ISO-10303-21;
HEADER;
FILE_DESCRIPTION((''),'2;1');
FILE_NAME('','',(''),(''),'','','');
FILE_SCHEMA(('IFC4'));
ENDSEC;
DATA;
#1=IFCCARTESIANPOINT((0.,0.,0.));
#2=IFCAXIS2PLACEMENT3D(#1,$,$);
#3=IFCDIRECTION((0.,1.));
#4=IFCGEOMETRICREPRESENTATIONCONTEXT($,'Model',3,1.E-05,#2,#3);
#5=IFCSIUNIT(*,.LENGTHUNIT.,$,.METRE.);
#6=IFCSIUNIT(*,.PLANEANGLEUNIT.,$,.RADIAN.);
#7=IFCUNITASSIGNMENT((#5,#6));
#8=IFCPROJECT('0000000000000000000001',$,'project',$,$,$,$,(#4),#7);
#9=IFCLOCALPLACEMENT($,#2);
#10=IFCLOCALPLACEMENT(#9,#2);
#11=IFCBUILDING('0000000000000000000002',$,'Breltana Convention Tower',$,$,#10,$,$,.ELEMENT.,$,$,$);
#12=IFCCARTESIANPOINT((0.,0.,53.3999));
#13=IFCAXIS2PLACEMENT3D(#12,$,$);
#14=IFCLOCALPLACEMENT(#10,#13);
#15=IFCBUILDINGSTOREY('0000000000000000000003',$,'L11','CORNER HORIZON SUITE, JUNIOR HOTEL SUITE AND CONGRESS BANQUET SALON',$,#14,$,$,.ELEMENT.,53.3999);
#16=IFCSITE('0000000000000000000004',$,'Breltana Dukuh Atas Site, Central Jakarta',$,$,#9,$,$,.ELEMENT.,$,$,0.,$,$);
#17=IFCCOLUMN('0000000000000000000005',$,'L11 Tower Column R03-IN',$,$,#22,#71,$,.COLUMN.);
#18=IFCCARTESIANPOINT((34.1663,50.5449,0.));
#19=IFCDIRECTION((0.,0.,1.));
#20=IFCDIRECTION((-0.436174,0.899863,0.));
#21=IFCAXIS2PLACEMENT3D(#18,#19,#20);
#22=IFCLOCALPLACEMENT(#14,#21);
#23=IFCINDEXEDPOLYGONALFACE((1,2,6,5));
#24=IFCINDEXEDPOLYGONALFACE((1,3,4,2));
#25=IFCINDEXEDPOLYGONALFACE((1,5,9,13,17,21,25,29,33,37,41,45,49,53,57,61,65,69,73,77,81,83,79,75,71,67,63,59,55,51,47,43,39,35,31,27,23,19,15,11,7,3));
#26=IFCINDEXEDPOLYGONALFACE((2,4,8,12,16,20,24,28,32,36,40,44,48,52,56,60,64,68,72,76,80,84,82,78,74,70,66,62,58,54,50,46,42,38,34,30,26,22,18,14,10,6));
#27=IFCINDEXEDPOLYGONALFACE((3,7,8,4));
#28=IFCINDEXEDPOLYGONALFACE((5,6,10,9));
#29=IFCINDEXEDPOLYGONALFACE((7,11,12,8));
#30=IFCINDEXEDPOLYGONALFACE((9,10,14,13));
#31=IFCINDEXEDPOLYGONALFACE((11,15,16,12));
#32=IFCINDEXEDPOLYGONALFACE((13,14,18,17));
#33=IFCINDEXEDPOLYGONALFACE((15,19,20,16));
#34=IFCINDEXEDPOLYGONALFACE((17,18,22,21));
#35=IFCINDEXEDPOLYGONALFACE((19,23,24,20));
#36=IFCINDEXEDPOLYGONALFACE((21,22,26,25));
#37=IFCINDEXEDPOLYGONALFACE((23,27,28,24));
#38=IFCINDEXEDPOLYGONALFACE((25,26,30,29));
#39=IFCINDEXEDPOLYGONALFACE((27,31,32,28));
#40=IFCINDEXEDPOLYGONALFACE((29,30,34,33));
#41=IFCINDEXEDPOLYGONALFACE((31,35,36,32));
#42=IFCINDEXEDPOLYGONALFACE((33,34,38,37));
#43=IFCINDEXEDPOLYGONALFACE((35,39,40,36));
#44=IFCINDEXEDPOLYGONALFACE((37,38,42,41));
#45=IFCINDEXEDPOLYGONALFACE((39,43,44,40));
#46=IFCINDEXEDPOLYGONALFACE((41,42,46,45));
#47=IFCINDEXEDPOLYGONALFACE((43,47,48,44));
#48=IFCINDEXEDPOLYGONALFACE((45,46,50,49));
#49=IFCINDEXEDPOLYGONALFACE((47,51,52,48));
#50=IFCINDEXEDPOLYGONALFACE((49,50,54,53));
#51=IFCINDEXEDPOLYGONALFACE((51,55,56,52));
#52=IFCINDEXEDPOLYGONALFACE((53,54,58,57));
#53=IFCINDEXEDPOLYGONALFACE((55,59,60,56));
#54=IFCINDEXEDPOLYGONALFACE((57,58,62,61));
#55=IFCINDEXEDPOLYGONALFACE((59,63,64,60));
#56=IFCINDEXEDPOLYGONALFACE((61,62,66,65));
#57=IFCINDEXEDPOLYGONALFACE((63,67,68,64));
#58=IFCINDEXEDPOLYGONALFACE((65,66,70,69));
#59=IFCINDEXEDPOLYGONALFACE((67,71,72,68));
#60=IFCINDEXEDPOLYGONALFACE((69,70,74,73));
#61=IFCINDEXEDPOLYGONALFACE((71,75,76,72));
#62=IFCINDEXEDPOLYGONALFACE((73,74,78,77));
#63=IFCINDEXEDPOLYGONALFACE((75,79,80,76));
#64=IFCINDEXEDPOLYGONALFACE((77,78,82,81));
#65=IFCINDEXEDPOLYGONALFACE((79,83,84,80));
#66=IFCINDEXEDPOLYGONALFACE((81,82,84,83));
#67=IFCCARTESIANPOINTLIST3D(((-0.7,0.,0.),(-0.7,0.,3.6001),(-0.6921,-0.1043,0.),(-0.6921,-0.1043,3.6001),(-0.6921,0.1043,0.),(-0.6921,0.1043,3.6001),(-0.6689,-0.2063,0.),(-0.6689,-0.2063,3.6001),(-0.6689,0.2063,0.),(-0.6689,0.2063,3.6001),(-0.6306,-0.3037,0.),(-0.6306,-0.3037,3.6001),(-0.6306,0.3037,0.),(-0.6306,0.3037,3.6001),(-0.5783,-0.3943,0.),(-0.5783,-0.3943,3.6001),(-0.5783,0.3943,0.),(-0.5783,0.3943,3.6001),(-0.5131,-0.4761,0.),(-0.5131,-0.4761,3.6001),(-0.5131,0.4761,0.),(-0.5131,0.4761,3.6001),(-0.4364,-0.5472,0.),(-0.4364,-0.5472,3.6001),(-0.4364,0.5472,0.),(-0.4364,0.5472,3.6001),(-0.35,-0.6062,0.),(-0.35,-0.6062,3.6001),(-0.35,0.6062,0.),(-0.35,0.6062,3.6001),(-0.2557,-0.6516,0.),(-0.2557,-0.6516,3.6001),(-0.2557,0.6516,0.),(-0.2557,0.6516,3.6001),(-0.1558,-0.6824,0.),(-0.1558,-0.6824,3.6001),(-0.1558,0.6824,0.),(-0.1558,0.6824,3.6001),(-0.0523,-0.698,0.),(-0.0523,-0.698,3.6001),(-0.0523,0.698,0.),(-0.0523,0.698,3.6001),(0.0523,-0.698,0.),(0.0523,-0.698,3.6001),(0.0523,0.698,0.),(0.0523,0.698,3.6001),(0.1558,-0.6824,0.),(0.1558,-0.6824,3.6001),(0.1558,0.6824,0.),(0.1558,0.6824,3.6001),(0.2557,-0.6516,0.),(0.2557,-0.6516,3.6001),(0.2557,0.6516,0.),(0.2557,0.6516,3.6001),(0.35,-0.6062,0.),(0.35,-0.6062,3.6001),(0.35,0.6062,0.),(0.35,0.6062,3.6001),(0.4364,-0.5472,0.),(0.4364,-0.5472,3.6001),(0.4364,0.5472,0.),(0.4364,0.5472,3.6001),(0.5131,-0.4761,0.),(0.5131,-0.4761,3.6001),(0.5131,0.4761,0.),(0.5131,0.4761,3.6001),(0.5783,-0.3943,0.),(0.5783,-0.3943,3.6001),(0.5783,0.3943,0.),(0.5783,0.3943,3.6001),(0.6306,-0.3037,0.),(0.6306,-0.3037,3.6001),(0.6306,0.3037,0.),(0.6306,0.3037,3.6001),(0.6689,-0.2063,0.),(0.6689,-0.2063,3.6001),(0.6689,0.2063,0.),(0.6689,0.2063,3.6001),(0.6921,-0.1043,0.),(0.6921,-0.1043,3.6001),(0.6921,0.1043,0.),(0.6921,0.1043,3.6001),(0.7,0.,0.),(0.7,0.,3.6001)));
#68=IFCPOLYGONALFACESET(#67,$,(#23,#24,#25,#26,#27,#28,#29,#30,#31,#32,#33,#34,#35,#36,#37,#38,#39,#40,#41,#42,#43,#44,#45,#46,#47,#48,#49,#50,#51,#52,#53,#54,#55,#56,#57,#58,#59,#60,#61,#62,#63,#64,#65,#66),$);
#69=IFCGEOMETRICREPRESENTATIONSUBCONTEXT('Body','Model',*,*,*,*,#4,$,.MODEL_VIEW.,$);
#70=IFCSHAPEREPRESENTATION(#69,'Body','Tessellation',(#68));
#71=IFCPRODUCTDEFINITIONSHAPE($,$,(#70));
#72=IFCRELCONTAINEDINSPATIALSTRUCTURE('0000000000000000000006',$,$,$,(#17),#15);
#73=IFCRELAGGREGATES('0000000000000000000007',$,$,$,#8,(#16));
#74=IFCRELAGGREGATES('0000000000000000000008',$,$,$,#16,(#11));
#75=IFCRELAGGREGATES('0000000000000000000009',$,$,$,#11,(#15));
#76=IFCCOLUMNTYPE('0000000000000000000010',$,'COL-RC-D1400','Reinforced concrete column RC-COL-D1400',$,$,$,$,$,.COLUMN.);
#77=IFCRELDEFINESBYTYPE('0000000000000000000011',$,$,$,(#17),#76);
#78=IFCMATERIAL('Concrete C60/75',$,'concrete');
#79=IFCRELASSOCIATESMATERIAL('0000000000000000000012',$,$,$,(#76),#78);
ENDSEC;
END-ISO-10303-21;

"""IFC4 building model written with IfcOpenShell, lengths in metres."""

from ifc_helpers import new_model, si_unit, direction, frame, origin, origin_2d, place, context, subcontext, project, spatial, circle, extrude, source, transform, mapped, material, material_profile, profile_set, type_object, element, save


model = new_model("IFC4")

# Units and contexts
model_context = context("Model", 3, precision=1e-05, world=origin(), true_north=direction((0.0, 1.0)))
body_context = subcontext(model_context, "Body", "Model", "MODEL_VIEW")
ifc_project = project(units=[si_unit("LENGTHUNIT", "METRE"), si_unit("PLANEANGLEUNIT", "RADIAN")], contexts=[model_context])

# Site, building, storey
site_placement = place(None, origin())
site = spatial("IfcSite", under=ifc_project, at=site_placement, Name="Breltana Dukuh Atas Site, Central Jakarta", CompositionType="ELEMENT", RefElevation=0.0)
building_placement = place(site_placement, origin())
building = spatial("IfcBuilding", under=site, at=building_placement, Name="Breltana Convention Tower", CompositionType="ELEMENT")
storey_placement = place(building_placement, frame((0.0, 0.0, 53.3999)))
storey = spatial("IfcBuildingStorey", under=building, at=storey_placement, Name="L11", Description="CORNER HORIZON SUITE, JUNIOR HOTEL SUITE AND CONGRESS BANQUET SALON", CompositionType="ELEMENT", Elevation=53.3999)

# Column
ifc_material_1 = material(Name="Concrete C60/75", Category="concrete")
ifc_material_profile_1 = material_profile(ifc_material_1, circle(Radius=0.7, at=origin_2d()), Name="RC-COL-D1400")
ifc_profile_set_1 = profile_set([ifc_material_profile_1], Name="Concrete C60/75")
column_type_1 = type_object("IfcColumnType", Name="COL-RC-D1400", Description="Reinforced concrete column RC-COL-D1400", PredefinedType="COLUMN", material=ifc_profile_set_1)
shared_shape_1 = source(origin(), body_context, "Body", "SweptSolid", [
    extrude(circle(Radius=0.7, at=origin_2d()), origin(), (0.0, 0.0, 1.0), 3.6001),
])
for number, where, z_axis, x_axis, name in (
    (1, (34.1663, 50.5449, 0.0), (0.0, 0.0, 1.0), (-0.436174, 0.899863, 0.0), "L11 Tower Column R03-IN"),
):
    element("IfcColumn", number, at=place(storey_placement, frame(where, z_axis=z_axis, x_axis=x_axis)), inside=storey, type_object=column_type_1, Name=name, PredefinedType="COLUMN", context=body_context, shape_type="MappedRepresentation", body=[
        mapped(shared_shape_1, transform((0.0, 0.0, 0.0), scale=1.0)),
    ])

save(model, "model.ifc")
